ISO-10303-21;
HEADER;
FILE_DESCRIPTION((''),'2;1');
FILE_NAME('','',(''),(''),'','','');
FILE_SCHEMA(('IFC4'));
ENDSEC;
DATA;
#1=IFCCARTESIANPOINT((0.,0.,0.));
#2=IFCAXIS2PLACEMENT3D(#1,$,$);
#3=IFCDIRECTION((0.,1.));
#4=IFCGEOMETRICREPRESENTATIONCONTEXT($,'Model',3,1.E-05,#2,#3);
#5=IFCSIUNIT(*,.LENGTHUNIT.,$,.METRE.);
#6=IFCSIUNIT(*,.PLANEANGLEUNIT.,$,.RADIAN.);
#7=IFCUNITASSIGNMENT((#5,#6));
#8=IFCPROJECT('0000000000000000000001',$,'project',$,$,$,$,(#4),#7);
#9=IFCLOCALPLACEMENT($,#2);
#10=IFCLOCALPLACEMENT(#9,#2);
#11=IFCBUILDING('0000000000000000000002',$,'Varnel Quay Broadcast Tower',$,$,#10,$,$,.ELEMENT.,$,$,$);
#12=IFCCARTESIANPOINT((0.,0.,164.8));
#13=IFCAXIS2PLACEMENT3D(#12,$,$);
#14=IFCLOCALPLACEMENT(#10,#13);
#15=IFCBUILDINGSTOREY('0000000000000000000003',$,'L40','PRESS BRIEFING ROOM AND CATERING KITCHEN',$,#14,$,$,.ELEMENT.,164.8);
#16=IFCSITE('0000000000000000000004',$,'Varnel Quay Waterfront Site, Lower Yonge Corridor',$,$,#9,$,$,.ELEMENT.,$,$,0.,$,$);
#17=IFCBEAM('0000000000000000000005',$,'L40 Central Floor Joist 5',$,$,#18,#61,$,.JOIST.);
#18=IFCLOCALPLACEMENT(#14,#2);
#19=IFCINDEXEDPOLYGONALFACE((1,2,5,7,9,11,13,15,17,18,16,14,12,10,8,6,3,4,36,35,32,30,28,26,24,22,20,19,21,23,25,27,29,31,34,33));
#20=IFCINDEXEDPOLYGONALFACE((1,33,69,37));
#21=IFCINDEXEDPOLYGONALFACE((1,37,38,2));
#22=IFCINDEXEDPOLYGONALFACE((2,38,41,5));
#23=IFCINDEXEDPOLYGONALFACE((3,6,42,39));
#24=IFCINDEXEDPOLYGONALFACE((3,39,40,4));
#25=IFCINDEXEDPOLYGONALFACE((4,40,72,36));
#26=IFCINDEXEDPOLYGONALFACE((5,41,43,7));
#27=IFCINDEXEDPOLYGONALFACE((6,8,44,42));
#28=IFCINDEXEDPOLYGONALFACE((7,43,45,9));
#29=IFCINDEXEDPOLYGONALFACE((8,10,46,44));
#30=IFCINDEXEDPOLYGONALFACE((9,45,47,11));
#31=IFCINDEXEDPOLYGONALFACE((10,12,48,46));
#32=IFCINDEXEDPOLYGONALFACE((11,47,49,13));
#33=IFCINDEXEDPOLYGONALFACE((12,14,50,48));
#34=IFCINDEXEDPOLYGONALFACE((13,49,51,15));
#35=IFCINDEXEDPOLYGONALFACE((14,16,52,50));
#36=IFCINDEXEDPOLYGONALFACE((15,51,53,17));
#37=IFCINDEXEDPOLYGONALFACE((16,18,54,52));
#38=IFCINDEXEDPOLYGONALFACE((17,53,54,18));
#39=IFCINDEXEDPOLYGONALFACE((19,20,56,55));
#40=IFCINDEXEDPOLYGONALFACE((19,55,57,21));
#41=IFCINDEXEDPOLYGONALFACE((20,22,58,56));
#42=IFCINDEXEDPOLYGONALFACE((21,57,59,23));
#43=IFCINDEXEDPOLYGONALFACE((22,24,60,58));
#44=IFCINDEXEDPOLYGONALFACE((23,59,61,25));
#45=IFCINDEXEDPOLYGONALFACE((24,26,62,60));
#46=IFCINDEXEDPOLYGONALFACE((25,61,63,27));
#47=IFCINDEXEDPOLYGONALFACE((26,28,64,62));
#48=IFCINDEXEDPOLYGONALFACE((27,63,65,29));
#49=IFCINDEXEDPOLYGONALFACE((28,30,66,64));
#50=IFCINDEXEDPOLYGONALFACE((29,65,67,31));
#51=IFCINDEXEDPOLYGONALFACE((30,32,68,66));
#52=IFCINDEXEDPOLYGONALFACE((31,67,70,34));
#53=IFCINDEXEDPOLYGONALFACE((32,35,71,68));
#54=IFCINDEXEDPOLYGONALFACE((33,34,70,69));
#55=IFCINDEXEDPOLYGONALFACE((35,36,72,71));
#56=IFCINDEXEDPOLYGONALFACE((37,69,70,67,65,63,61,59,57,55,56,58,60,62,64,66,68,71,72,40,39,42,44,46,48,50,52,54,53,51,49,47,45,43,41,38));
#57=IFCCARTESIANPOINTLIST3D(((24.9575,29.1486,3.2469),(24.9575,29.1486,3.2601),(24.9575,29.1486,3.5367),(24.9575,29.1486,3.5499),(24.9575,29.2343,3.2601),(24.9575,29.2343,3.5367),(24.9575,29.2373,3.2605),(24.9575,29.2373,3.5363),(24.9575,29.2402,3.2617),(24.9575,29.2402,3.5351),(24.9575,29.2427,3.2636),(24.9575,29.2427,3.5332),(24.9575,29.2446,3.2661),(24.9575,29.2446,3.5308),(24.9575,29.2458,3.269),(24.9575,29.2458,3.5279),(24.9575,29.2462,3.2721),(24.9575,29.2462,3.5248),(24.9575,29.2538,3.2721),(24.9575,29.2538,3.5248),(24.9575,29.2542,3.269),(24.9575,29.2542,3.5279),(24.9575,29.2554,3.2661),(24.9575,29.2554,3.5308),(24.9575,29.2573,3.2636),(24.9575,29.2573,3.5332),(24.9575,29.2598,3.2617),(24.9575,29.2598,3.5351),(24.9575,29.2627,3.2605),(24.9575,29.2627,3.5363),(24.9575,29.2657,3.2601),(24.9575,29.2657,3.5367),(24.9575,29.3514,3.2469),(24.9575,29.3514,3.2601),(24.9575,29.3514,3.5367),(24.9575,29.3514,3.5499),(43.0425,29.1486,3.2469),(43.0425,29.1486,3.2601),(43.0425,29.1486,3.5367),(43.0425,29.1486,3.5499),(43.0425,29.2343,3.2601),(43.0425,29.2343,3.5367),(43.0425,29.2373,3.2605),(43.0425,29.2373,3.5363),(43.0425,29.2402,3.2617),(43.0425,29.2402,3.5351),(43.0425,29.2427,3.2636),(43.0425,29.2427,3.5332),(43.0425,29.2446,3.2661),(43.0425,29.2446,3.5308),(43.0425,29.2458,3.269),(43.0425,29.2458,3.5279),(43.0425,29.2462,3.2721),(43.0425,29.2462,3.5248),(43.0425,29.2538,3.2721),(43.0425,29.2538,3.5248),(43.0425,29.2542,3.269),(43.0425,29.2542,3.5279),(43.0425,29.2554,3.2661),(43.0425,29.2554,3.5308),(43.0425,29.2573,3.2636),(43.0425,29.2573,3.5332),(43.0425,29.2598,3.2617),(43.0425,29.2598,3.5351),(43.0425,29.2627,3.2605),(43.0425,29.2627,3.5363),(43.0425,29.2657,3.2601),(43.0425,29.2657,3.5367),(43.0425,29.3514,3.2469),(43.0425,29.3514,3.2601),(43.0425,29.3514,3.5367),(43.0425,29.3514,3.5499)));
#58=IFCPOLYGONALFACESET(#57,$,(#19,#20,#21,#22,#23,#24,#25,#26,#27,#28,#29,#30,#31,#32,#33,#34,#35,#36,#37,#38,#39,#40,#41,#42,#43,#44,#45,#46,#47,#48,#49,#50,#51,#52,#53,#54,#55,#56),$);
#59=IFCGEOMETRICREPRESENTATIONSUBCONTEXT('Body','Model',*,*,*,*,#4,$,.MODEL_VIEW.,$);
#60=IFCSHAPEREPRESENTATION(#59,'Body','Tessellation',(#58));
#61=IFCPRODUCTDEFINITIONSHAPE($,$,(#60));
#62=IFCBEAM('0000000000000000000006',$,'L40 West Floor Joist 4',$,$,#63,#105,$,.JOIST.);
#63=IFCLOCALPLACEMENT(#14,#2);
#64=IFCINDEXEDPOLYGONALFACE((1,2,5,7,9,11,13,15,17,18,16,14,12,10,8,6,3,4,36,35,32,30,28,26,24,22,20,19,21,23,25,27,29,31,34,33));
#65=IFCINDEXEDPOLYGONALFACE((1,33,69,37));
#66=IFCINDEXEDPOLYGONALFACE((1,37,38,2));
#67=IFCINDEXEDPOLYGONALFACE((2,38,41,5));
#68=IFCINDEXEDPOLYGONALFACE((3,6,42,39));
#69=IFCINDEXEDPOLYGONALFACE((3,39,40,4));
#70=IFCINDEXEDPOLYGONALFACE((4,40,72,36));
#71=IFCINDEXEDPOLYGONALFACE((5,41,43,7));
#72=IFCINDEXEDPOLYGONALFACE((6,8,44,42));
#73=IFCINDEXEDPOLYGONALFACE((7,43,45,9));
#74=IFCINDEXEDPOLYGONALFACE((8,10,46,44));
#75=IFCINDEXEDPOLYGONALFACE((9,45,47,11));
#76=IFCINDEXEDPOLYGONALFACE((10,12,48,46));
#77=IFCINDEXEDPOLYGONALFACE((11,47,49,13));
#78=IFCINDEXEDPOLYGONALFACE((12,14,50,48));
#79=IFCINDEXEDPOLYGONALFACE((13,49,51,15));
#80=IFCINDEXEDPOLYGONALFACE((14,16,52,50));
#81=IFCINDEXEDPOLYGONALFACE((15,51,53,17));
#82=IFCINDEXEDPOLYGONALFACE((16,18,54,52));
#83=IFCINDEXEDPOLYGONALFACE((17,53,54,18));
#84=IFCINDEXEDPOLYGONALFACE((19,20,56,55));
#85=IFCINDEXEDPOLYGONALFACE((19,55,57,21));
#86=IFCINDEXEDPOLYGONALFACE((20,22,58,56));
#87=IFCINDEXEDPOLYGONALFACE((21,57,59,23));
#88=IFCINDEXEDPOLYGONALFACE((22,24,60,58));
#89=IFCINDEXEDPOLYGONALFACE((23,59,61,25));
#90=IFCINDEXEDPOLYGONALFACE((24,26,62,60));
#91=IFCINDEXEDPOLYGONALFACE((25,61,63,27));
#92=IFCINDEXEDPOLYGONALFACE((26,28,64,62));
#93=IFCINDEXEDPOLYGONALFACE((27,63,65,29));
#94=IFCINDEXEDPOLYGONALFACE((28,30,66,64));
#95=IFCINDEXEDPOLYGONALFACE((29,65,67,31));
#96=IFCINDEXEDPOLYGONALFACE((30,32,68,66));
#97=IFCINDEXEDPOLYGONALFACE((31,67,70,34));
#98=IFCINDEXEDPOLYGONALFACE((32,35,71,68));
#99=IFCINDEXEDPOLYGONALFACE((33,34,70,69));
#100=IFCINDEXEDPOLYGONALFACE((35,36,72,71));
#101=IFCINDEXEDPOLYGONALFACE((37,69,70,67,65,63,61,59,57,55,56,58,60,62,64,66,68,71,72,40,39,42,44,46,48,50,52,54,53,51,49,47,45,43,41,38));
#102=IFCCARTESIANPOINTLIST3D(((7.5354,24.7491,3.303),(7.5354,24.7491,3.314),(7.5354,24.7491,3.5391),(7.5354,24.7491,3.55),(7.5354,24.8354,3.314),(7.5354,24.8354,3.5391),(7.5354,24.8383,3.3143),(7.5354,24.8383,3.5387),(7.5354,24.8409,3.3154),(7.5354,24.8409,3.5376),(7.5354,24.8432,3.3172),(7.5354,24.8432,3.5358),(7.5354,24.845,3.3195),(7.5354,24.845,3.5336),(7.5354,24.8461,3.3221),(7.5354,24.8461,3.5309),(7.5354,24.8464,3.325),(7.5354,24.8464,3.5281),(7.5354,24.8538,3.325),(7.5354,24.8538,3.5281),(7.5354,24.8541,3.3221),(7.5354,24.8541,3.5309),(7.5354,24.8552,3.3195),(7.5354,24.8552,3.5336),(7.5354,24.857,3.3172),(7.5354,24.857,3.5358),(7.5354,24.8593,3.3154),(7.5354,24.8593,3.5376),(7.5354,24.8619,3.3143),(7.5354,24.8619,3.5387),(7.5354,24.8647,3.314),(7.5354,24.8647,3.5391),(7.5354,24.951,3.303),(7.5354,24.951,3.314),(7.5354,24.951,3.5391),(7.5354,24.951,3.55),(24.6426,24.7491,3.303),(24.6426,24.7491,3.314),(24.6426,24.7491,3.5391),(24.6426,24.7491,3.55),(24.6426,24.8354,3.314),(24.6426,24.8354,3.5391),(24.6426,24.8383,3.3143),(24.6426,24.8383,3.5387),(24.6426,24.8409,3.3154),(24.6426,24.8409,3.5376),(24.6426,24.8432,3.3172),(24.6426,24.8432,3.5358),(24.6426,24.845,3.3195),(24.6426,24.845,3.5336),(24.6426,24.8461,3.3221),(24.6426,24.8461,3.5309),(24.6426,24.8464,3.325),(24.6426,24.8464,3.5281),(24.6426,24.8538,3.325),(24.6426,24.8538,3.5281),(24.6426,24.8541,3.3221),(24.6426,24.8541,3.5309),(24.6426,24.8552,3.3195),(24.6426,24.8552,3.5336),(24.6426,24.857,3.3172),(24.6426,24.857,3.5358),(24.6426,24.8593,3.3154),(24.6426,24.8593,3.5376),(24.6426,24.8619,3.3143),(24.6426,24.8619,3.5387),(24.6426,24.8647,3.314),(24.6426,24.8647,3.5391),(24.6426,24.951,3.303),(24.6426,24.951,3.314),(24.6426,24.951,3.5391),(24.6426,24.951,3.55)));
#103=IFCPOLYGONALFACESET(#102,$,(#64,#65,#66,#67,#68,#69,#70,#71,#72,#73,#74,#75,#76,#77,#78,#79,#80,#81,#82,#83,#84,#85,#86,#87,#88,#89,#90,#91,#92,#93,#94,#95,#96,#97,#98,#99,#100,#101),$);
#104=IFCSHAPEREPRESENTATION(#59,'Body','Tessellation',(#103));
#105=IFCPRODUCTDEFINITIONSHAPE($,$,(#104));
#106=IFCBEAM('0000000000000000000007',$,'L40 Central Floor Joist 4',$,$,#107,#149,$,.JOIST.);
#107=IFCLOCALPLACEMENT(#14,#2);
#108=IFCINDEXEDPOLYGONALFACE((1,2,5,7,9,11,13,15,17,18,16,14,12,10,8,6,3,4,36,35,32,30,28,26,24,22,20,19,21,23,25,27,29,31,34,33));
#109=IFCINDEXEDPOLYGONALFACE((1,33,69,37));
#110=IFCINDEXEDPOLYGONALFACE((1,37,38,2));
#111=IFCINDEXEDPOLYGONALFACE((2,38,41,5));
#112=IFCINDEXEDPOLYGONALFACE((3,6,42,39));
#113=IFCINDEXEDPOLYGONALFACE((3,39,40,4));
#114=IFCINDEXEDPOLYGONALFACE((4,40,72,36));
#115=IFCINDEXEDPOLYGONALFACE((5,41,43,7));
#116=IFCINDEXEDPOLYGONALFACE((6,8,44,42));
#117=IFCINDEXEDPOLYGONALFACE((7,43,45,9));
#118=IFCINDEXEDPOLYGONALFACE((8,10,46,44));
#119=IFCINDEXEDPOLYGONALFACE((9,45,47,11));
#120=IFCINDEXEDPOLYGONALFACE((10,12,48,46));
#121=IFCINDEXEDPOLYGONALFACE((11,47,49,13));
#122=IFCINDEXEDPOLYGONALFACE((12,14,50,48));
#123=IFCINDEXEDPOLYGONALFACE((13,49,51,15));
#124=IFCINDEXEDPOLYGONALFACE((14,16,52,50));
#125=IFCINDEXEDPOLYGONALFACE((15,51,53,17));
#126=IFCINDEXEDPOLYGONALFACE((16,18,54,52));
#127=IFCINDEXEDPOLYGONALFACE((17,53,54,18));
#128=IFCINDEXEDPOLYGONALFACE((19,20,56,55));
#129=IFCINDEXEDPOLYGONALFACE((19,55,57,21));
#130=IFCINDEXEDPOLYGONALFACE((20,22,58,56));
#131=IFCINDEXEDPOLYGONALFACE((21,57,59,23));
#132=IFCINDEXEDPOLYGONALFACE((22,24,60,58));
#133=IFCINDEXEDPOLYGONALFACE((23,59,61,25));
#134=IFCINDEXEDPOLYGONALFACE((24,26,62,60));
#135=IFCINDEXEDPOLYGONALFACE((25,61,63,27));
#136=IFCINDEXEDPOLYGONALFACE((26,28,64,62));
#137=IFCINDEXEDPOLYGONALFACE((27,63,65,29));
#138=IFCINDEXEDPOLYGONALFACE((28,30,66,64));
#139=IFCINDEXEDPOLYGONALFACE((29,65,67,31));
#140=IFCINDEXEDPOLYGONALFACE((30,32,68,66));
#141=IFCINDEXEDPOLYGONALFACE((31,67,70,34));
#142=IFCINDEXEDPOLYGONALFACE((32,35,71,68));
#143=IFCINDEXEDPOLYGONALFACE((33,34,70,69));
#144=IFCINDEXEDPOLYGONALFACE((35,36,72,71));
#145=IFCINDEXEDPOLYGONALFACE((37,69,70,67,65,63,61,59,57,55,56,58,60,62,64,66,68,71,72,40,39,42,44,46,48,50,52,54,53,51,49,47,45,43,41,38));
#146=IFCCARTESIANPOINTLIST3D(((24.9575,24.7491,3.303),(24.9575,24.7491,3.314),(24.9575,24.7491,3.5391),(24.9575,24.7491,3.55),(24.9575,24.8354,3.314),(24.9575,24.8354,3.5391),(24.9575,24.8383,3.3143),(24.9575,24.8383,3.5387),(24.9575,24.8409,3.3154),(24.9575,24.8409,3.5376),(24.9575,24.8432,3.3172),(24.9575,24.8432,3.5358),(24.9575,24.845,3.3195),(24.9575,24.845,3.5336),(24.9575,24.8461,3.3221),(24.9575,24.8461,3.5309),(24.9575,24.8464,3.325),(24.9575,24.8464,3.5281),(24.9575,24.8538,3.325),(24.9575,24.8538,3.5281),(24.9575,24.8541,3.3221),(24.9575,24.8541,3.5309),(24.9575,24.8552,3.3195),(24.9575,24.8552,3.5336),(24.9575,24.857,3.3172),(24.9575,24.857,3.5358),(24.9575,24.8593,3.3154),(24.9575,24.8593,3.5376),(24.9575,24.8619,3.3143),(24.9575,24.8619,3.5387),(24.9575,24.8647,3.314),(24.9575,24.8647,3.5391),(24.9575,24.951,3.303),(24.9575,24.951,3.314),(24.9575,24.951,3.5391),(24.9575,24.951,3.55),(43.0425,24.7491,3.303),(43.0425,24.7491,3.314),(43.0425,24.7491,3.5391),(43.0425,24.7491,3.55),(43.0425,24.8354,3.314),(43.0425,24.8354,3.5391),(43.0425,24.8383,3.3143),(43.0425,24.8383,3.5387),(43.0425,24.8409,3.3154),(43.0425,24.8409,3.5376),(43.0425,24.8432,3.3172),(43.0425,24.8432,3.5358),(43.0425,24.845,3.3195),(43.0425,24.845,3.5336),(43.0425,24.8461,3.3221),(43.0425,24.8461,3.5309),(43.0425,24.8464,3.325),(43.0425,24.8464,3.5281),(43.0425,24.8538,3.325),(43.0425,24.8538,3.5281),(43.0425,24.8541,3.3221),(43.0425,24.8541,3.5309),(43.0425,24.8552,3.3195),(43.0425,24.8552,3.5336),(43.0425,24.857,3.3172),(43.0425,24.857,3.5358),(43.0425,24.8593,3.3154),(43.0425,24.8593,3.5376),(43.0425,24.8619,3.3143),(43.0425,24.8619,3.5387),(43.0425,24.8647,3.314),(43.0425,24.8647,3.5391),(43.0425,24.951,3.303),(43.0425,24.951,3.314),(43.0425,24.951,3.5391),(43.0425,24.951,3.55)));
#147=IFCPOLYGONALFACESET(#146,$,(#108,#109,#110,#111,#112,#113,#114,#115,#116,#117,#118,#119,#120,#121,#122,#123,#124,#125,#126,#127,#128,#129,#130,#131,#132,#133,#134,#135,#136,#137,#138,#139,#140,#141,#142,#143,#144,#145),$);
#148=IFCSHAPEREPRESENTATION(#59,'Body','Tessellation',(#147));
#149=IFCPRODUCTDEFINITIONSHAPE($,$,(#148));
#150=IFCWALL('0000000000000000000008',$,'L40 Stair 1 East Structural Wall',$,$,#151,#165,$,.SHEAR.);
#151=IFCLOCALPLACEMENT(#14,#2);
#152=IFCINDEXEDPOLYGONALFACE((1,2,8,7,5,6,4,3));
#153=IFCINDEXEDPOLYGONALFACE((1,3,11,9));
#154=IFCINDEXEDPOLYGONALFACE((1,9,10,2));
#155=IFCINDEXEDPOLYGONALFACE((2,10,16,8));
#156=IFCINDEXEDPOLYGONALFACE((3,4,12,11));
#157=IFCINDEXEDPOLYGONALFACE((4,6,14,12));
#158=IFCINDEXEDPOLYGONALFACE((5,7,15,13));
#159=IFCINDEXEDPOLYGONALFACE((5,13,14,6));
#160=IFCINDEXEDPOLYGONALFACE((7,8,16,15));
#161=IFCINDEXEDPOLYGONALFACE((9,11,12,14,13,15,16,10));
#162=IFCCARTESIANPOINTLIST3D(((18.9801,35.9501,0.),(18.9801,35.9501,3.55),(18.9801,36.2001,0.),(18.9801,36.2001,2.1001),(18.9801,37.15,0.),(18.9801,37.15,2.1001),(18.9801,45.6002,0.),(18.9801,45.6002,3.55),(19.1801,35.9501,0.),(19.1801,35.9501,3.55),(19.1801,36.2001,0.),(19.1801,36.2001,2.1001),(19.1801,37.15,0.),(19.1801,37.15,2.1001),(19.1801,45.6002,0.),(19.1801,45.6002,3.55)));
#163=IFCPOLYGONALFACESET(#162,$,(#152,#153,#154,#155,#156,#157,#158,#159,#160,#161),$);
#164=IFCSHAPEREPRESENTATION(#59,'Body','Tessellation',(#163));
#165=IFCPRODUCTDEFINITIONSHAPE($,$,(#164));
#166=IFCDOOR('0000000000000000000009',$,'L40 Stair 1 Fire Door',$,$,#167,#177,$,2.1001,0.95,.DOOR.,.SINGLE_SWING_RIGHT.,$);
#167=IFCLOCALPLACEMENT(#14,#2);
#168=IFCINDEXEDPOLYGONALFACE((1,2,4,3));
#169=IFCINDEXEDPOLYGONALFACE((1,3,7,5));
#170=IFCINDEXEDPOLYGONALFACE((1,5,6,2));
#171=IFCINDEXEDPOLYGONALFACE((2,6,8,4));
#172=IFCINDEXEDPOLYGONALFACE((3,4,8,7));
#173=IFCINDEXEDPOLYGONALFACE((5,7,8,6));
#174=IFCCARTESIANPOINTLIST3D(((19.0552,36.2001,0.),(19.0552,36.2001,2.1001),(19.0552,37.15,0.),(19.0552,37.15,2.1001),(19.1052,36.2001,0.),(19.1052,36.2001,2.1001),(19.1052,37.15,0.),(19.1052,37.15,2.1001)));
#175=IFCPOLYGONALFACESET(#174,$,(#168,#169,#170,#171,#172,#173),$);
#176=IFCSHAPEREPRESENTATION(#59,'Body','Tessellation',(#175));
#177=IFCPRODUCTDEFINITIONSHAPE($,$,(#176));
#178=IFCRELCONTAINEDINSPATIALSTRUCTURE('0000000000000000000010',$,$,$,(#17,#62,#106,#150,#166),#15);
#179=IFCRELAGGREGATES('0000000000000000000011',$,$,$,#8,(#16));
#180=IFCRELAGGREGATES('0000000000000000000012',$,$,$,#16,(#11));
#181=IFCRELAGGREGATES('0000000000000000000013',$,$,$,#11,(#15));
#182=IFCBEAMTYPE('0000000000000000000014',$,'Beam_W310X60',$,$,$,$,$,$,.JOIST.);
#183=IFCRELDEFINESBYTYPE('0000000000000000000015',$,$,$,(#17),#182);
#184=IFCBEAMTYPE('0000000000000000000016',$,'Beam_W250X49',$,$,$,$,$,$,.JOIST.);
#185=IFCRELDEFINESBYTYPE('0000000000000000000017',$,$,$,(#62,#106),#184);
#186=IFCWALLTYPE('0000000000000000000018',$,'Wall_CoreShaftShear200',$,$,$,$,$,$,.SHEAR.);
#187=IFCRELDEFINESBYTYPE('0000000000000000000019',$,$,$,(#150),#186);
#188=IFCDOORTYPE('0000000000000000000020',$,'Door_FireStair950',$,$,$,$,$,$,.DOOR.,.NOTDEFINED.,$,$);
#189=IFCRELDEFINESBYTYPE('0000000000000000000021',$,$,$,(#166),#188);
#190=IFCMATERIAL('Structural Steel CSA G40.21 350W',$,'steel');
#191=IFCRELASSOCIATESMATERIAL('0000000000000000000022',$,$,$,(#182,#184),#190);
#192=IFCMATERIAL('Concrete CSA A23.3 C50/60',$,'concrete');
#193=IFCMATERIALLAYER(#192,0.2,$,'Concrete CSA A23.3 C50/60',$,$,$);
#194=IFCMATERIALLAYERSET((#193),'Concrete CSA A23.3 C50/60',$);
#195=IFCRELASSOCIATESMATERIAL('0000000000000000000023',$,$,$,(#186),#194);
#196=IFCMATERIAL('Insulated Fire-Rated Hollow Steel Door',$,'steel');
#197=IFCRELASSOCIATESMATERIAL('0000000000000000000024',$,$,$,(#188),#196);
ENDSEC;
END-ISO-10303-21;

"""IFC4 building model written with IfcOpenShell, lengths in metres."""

from ifc_helpers import new_model, si_unit, direction, frame, frame_2d, origin, origin_2d, place, context, subcontext, project, spatial, rectangle, i_section, extrude, source, transform, mapped, material, layer, layer_set, material_profile, profile_set, type_object, type_shapes, element, fill, save


model = new_model("IFC4")

# Units and contexts
model_context = context("Model", 3, precision=1e-05, world=origin(), true_north=direction((0.0, 1.0)))
body_context = subcontext(model_context, "Body", "Model", "MODEL_VIEW")
ifc_project = project(units=[si_unit("LENGTHUNIT", "METRE"), si_unit("PLANEANGLEUNIT", "RADIAN")], contexts=[model_context])

# Site, building, storey
site_placement = place(None, origin())
site = spatial("IfcSite", under=ifc_project, at=site_placement, Name="Varnel Quay Waterfront Site, Lower Yonge Corridor", CompositionType="ELEMENT", RefElevation=0.0)
building_placement = place(site_placement, origin())
building = spatial("IfcBuilding", under=site, at=building_placement, Name="Varnel Quay Broadcast Tower", CompositionType="ELEMENT")
storey_placement = place(building_placement, frame((0.0, 0.0, 164.8)))
storey = spatial("IfcBuildingStorey", under=building, at=storey_placement, Name="L40", Description="PRESS BRIEFING ROOM AND CATERING KITCHEN", CompositionType="ELEMENT", Elevation=164.8)

# Shared definitions
ifc_material_1 = material(Name="Concrete CSA A23.3 C50/60", Category="concrete")

# Beams
ifc_material_2 = material(Name="Structural Steel CSA G40.21 350W", Category="steel")
ifc_material_profile_1 = material_profile(ifc_material_2, i_section(OverallWidth=0.2029, OverallDepth=0.303, WebThickness=0.0076, FlangeThickness=0.0132, FilletRadius=0.012, at=origin_2d()), Name="W310X60")
ifc_profile_set_1 = profile_set([ifc_material_profile_1], Name="Structural Steel CSA G40.21 350W")
beam_type_1 = type_object("IfcBeamType", Name="Beam_W310X60", PredefinedType="JOIST", material=ifc_profile_set_1)
shared_shape_1 = source(origin(), body_context, "Body", "SweptSolid", [
    extrude(i_section(OverallWidth=0.2029, OverallDepth=0.303, WebThickness=0.0076, FlangeThickness=0.0132, FilletRadius=0.012, at=origin_2d()), origin(), (0.0, 0.0, 1.0), 18.085),
])
beam_1_placement = place(storey_placement, frame((24.9575, 29.25, 3.3984), z_axis=(1.0, 0.0, 0.0), x_axis=(0.0, 1.0, 0.0)))
element("IfcBeam", 1, at=beam_1_placement, inside=storey, type_object=beam_type_1, Name="L40 Central Floor Joist 5", PredefinedType="JOIST", context=body_context, shape_type="MappedRepresentation", body=[
    mapped(shared_shape_1, transform((0.0, 0.0, 0.0), x_axis=(1.0, 0.0, 0.0), y_axis=(0.0, 1.0, 0.0), z_axis=(0.0, 0.0, 1.0), scale=1.0)),
])
ifc_material_profile_2 = material_profile(ifc_material_2, i_section(OverallWidth=0.2019, OverallDepth=0.2471, WebThickness=0.0073, FlangeThickness=0.011, FilletRadius=0.011, at=origin_2d()), Name="W250X49")
ifc_profile_set_2 = profile_set([ifc_material_profile_2], Name="Structural Steel CSA G40.21 350W")
beam_type_2 = type_object("IfcBeamType", Name="Beam_W250X49", PredefinedType="JOIST", material=ifc_profile_set_2)
shared_shape_2 = source(origin(), body_context, "Body", "SweptSolid", [
    extrude(i_section(OverallWidth=0.2019, OverallDepth=0.2471, WebThickness=0.0073, FlangeThickness=0.011, FilletRadius=0.011, at=origin_2d()), origin(), (0.0, 0.0, 1.0), 17.1072),
])
beam_2_placement = place(storey_placement, frame((7.5354, 24.8501, 3.4265), z_axis=(1.0, 0.0, 0.0), x_axis=(0.0, 1.0, 0.0)))
element("IfcBeam", 2, at=beam_2_placement, inside=storey, type_object=beam_type_2, Name="L40 West Floor Joist 4", PredefinedType="JOIST", context=body_context, shape_type="MappedRepresentation", body=[
    mapped(shared_shape_2, transform((0.0, 0.0, 0.0), x_axis=(1.0, 0.0, 0.0), y_axis=(0.0, 1.0, 0.0), z_axis=(0.0, 0.0, 1.0), scale=1.0)),
])
shared_shape_3 = source(origin(), body_context, "Body", "SweptSolid", [
    extrude(i_section(OverallWidth=0.2019, OverallDepth=0.2471, WebThickness=0.0073, FlangeThickness=0.011, FilletRadius=0.011, at=origin_2d()), origin(), (0.0, 0.0, 1.0), 18.085),
])
type_shapes(beam_type_2, [shared_shape_2, shared_shape_3])
beam_3_placement = place(storey_placement, frame((24.9575, 24.8501, 3.4265), z_axis=(1.0, 0.0, 0.0), x_axis=(0.0, 1.0, 0.0)))
element("IfcBeam", 3, at=beam_3_placement, inside=storey, type_object=beam_type_2, Name="L40 Central Floor Joist 4", PredefinedType="JOIST", context=body_context, shape_type="MappedRepresentation", body=[
    mapped(shared_shape_3, transform((0.0, 0.0, 0.0), x_axis=(1.0, 0.0, 0.0), y_axis=(0.0, 1.0, 0.0), z_axis=(0.0, 0.0, 1.0), scale=1.0)),
])

# Wall, opening, door
ifc_layer_1 = layer(ifc_material_1, 0.2, Name="Concrete CSA A23.3 C50/60")
ifc_layer_set_1 = layer_set([ifc_layer_1], Name="Concrete CSA A23.3 C50/60")
wall_type_1 = type_object("IfcWallType", Name="Wall_CoreShaftShear200", PredefinedType="SHEAR", material=ifc_layer_set_1)
wall_1_placement = place(storey_placement, frame((19.0801, 35.95, 0.0), z_axis=(0.0, 0.0, 1.0), x_axis=(0.0, 1.0, 0.0)))
wall_1 = element("IfcWall", 4, at=wall_1_placement, inside=storey, type_object=wall_type_1, Name="L40 Stair 1 East Structural Wall", PredefinedType="SHEAR", context=body_context, shape_type="SweptSolid", body=[
    extrude(rectangle(XDim=9.6501, YDim=0.2, at=frame_2d((4.8252, 0.0))), origin(), (0.0, 0.0, 1.0), 3.55),
])
opening_1_placement = place(wall_1_placement, frame((0.25, 0.0, 0.0)))
opening_1 = element("IfcOpeningElement", 5, at=opening_1_placement, cuts=wall_1, PredefinedType="OPENING", context=body_context, shape_type="SweptSolid", body=[
    extrude(rectangle(XDim=0.95, YDim=2.1001, at=frame_2d((0.4751, 1.05))), frame((0.0, 0.1099, 0.0), z_axis=(0.0, -1.0, 0.0), x_axis=(1.0, 0.0, 0.0)), (0.0, 0.0, 1.0), 0.22),
])
ifc_material_3 = material(Name="Insulated Fire-Rated Hollow Steel Door", Category="steel")
door_type_1 = type_object("IfcDoorType", Name="Door_FireStair950", OperationType="NOTDEFINED", PredefinedType="DOOR", material=ifc_material_3)
shared_shape_4 = source(origin(), body_context, "Body", "SweptSolid", [
    extrude(rectangle(XDim=0.95, YDim=2.1001, at=frame_2d((0.4751, 1.05))), frame((0.0, 0.0249, 0.0), z_axis=(0.0, -1.0, 0.0), x_axis=(1.0, 0.0, 0.0)), (0.0, 0.0, 1.0), 0.05),
])
type_shapes(door_type_1, [shared_shape_4])
door_1_placement = place(opening_1_placement, origin())
door_1 = element("IfcDoor", 6, at=door_1_placement, inside=storey, type_object=door_type_1, Name="L40 Stair 1 Fire Door", OperationType="SINGLE_SWING_RIGHT", OverallHeight=2.1001, OverallWidth=0.95, PredefinedType="DOOR", context=body_context, shape_type="MappedRepresentation", body=[
    mapped(shared_shape_4, transform((0.0, 0.0, 0.0), x_axis=(1.0, 0.0, 0.0), y_axis=(0.0, 1.0, 0.0), z_axis=(0.0, 0.0, 1.0), scale=1.0)),
])
fill(opening_1, door_1)

save(model, "model.ifc")
